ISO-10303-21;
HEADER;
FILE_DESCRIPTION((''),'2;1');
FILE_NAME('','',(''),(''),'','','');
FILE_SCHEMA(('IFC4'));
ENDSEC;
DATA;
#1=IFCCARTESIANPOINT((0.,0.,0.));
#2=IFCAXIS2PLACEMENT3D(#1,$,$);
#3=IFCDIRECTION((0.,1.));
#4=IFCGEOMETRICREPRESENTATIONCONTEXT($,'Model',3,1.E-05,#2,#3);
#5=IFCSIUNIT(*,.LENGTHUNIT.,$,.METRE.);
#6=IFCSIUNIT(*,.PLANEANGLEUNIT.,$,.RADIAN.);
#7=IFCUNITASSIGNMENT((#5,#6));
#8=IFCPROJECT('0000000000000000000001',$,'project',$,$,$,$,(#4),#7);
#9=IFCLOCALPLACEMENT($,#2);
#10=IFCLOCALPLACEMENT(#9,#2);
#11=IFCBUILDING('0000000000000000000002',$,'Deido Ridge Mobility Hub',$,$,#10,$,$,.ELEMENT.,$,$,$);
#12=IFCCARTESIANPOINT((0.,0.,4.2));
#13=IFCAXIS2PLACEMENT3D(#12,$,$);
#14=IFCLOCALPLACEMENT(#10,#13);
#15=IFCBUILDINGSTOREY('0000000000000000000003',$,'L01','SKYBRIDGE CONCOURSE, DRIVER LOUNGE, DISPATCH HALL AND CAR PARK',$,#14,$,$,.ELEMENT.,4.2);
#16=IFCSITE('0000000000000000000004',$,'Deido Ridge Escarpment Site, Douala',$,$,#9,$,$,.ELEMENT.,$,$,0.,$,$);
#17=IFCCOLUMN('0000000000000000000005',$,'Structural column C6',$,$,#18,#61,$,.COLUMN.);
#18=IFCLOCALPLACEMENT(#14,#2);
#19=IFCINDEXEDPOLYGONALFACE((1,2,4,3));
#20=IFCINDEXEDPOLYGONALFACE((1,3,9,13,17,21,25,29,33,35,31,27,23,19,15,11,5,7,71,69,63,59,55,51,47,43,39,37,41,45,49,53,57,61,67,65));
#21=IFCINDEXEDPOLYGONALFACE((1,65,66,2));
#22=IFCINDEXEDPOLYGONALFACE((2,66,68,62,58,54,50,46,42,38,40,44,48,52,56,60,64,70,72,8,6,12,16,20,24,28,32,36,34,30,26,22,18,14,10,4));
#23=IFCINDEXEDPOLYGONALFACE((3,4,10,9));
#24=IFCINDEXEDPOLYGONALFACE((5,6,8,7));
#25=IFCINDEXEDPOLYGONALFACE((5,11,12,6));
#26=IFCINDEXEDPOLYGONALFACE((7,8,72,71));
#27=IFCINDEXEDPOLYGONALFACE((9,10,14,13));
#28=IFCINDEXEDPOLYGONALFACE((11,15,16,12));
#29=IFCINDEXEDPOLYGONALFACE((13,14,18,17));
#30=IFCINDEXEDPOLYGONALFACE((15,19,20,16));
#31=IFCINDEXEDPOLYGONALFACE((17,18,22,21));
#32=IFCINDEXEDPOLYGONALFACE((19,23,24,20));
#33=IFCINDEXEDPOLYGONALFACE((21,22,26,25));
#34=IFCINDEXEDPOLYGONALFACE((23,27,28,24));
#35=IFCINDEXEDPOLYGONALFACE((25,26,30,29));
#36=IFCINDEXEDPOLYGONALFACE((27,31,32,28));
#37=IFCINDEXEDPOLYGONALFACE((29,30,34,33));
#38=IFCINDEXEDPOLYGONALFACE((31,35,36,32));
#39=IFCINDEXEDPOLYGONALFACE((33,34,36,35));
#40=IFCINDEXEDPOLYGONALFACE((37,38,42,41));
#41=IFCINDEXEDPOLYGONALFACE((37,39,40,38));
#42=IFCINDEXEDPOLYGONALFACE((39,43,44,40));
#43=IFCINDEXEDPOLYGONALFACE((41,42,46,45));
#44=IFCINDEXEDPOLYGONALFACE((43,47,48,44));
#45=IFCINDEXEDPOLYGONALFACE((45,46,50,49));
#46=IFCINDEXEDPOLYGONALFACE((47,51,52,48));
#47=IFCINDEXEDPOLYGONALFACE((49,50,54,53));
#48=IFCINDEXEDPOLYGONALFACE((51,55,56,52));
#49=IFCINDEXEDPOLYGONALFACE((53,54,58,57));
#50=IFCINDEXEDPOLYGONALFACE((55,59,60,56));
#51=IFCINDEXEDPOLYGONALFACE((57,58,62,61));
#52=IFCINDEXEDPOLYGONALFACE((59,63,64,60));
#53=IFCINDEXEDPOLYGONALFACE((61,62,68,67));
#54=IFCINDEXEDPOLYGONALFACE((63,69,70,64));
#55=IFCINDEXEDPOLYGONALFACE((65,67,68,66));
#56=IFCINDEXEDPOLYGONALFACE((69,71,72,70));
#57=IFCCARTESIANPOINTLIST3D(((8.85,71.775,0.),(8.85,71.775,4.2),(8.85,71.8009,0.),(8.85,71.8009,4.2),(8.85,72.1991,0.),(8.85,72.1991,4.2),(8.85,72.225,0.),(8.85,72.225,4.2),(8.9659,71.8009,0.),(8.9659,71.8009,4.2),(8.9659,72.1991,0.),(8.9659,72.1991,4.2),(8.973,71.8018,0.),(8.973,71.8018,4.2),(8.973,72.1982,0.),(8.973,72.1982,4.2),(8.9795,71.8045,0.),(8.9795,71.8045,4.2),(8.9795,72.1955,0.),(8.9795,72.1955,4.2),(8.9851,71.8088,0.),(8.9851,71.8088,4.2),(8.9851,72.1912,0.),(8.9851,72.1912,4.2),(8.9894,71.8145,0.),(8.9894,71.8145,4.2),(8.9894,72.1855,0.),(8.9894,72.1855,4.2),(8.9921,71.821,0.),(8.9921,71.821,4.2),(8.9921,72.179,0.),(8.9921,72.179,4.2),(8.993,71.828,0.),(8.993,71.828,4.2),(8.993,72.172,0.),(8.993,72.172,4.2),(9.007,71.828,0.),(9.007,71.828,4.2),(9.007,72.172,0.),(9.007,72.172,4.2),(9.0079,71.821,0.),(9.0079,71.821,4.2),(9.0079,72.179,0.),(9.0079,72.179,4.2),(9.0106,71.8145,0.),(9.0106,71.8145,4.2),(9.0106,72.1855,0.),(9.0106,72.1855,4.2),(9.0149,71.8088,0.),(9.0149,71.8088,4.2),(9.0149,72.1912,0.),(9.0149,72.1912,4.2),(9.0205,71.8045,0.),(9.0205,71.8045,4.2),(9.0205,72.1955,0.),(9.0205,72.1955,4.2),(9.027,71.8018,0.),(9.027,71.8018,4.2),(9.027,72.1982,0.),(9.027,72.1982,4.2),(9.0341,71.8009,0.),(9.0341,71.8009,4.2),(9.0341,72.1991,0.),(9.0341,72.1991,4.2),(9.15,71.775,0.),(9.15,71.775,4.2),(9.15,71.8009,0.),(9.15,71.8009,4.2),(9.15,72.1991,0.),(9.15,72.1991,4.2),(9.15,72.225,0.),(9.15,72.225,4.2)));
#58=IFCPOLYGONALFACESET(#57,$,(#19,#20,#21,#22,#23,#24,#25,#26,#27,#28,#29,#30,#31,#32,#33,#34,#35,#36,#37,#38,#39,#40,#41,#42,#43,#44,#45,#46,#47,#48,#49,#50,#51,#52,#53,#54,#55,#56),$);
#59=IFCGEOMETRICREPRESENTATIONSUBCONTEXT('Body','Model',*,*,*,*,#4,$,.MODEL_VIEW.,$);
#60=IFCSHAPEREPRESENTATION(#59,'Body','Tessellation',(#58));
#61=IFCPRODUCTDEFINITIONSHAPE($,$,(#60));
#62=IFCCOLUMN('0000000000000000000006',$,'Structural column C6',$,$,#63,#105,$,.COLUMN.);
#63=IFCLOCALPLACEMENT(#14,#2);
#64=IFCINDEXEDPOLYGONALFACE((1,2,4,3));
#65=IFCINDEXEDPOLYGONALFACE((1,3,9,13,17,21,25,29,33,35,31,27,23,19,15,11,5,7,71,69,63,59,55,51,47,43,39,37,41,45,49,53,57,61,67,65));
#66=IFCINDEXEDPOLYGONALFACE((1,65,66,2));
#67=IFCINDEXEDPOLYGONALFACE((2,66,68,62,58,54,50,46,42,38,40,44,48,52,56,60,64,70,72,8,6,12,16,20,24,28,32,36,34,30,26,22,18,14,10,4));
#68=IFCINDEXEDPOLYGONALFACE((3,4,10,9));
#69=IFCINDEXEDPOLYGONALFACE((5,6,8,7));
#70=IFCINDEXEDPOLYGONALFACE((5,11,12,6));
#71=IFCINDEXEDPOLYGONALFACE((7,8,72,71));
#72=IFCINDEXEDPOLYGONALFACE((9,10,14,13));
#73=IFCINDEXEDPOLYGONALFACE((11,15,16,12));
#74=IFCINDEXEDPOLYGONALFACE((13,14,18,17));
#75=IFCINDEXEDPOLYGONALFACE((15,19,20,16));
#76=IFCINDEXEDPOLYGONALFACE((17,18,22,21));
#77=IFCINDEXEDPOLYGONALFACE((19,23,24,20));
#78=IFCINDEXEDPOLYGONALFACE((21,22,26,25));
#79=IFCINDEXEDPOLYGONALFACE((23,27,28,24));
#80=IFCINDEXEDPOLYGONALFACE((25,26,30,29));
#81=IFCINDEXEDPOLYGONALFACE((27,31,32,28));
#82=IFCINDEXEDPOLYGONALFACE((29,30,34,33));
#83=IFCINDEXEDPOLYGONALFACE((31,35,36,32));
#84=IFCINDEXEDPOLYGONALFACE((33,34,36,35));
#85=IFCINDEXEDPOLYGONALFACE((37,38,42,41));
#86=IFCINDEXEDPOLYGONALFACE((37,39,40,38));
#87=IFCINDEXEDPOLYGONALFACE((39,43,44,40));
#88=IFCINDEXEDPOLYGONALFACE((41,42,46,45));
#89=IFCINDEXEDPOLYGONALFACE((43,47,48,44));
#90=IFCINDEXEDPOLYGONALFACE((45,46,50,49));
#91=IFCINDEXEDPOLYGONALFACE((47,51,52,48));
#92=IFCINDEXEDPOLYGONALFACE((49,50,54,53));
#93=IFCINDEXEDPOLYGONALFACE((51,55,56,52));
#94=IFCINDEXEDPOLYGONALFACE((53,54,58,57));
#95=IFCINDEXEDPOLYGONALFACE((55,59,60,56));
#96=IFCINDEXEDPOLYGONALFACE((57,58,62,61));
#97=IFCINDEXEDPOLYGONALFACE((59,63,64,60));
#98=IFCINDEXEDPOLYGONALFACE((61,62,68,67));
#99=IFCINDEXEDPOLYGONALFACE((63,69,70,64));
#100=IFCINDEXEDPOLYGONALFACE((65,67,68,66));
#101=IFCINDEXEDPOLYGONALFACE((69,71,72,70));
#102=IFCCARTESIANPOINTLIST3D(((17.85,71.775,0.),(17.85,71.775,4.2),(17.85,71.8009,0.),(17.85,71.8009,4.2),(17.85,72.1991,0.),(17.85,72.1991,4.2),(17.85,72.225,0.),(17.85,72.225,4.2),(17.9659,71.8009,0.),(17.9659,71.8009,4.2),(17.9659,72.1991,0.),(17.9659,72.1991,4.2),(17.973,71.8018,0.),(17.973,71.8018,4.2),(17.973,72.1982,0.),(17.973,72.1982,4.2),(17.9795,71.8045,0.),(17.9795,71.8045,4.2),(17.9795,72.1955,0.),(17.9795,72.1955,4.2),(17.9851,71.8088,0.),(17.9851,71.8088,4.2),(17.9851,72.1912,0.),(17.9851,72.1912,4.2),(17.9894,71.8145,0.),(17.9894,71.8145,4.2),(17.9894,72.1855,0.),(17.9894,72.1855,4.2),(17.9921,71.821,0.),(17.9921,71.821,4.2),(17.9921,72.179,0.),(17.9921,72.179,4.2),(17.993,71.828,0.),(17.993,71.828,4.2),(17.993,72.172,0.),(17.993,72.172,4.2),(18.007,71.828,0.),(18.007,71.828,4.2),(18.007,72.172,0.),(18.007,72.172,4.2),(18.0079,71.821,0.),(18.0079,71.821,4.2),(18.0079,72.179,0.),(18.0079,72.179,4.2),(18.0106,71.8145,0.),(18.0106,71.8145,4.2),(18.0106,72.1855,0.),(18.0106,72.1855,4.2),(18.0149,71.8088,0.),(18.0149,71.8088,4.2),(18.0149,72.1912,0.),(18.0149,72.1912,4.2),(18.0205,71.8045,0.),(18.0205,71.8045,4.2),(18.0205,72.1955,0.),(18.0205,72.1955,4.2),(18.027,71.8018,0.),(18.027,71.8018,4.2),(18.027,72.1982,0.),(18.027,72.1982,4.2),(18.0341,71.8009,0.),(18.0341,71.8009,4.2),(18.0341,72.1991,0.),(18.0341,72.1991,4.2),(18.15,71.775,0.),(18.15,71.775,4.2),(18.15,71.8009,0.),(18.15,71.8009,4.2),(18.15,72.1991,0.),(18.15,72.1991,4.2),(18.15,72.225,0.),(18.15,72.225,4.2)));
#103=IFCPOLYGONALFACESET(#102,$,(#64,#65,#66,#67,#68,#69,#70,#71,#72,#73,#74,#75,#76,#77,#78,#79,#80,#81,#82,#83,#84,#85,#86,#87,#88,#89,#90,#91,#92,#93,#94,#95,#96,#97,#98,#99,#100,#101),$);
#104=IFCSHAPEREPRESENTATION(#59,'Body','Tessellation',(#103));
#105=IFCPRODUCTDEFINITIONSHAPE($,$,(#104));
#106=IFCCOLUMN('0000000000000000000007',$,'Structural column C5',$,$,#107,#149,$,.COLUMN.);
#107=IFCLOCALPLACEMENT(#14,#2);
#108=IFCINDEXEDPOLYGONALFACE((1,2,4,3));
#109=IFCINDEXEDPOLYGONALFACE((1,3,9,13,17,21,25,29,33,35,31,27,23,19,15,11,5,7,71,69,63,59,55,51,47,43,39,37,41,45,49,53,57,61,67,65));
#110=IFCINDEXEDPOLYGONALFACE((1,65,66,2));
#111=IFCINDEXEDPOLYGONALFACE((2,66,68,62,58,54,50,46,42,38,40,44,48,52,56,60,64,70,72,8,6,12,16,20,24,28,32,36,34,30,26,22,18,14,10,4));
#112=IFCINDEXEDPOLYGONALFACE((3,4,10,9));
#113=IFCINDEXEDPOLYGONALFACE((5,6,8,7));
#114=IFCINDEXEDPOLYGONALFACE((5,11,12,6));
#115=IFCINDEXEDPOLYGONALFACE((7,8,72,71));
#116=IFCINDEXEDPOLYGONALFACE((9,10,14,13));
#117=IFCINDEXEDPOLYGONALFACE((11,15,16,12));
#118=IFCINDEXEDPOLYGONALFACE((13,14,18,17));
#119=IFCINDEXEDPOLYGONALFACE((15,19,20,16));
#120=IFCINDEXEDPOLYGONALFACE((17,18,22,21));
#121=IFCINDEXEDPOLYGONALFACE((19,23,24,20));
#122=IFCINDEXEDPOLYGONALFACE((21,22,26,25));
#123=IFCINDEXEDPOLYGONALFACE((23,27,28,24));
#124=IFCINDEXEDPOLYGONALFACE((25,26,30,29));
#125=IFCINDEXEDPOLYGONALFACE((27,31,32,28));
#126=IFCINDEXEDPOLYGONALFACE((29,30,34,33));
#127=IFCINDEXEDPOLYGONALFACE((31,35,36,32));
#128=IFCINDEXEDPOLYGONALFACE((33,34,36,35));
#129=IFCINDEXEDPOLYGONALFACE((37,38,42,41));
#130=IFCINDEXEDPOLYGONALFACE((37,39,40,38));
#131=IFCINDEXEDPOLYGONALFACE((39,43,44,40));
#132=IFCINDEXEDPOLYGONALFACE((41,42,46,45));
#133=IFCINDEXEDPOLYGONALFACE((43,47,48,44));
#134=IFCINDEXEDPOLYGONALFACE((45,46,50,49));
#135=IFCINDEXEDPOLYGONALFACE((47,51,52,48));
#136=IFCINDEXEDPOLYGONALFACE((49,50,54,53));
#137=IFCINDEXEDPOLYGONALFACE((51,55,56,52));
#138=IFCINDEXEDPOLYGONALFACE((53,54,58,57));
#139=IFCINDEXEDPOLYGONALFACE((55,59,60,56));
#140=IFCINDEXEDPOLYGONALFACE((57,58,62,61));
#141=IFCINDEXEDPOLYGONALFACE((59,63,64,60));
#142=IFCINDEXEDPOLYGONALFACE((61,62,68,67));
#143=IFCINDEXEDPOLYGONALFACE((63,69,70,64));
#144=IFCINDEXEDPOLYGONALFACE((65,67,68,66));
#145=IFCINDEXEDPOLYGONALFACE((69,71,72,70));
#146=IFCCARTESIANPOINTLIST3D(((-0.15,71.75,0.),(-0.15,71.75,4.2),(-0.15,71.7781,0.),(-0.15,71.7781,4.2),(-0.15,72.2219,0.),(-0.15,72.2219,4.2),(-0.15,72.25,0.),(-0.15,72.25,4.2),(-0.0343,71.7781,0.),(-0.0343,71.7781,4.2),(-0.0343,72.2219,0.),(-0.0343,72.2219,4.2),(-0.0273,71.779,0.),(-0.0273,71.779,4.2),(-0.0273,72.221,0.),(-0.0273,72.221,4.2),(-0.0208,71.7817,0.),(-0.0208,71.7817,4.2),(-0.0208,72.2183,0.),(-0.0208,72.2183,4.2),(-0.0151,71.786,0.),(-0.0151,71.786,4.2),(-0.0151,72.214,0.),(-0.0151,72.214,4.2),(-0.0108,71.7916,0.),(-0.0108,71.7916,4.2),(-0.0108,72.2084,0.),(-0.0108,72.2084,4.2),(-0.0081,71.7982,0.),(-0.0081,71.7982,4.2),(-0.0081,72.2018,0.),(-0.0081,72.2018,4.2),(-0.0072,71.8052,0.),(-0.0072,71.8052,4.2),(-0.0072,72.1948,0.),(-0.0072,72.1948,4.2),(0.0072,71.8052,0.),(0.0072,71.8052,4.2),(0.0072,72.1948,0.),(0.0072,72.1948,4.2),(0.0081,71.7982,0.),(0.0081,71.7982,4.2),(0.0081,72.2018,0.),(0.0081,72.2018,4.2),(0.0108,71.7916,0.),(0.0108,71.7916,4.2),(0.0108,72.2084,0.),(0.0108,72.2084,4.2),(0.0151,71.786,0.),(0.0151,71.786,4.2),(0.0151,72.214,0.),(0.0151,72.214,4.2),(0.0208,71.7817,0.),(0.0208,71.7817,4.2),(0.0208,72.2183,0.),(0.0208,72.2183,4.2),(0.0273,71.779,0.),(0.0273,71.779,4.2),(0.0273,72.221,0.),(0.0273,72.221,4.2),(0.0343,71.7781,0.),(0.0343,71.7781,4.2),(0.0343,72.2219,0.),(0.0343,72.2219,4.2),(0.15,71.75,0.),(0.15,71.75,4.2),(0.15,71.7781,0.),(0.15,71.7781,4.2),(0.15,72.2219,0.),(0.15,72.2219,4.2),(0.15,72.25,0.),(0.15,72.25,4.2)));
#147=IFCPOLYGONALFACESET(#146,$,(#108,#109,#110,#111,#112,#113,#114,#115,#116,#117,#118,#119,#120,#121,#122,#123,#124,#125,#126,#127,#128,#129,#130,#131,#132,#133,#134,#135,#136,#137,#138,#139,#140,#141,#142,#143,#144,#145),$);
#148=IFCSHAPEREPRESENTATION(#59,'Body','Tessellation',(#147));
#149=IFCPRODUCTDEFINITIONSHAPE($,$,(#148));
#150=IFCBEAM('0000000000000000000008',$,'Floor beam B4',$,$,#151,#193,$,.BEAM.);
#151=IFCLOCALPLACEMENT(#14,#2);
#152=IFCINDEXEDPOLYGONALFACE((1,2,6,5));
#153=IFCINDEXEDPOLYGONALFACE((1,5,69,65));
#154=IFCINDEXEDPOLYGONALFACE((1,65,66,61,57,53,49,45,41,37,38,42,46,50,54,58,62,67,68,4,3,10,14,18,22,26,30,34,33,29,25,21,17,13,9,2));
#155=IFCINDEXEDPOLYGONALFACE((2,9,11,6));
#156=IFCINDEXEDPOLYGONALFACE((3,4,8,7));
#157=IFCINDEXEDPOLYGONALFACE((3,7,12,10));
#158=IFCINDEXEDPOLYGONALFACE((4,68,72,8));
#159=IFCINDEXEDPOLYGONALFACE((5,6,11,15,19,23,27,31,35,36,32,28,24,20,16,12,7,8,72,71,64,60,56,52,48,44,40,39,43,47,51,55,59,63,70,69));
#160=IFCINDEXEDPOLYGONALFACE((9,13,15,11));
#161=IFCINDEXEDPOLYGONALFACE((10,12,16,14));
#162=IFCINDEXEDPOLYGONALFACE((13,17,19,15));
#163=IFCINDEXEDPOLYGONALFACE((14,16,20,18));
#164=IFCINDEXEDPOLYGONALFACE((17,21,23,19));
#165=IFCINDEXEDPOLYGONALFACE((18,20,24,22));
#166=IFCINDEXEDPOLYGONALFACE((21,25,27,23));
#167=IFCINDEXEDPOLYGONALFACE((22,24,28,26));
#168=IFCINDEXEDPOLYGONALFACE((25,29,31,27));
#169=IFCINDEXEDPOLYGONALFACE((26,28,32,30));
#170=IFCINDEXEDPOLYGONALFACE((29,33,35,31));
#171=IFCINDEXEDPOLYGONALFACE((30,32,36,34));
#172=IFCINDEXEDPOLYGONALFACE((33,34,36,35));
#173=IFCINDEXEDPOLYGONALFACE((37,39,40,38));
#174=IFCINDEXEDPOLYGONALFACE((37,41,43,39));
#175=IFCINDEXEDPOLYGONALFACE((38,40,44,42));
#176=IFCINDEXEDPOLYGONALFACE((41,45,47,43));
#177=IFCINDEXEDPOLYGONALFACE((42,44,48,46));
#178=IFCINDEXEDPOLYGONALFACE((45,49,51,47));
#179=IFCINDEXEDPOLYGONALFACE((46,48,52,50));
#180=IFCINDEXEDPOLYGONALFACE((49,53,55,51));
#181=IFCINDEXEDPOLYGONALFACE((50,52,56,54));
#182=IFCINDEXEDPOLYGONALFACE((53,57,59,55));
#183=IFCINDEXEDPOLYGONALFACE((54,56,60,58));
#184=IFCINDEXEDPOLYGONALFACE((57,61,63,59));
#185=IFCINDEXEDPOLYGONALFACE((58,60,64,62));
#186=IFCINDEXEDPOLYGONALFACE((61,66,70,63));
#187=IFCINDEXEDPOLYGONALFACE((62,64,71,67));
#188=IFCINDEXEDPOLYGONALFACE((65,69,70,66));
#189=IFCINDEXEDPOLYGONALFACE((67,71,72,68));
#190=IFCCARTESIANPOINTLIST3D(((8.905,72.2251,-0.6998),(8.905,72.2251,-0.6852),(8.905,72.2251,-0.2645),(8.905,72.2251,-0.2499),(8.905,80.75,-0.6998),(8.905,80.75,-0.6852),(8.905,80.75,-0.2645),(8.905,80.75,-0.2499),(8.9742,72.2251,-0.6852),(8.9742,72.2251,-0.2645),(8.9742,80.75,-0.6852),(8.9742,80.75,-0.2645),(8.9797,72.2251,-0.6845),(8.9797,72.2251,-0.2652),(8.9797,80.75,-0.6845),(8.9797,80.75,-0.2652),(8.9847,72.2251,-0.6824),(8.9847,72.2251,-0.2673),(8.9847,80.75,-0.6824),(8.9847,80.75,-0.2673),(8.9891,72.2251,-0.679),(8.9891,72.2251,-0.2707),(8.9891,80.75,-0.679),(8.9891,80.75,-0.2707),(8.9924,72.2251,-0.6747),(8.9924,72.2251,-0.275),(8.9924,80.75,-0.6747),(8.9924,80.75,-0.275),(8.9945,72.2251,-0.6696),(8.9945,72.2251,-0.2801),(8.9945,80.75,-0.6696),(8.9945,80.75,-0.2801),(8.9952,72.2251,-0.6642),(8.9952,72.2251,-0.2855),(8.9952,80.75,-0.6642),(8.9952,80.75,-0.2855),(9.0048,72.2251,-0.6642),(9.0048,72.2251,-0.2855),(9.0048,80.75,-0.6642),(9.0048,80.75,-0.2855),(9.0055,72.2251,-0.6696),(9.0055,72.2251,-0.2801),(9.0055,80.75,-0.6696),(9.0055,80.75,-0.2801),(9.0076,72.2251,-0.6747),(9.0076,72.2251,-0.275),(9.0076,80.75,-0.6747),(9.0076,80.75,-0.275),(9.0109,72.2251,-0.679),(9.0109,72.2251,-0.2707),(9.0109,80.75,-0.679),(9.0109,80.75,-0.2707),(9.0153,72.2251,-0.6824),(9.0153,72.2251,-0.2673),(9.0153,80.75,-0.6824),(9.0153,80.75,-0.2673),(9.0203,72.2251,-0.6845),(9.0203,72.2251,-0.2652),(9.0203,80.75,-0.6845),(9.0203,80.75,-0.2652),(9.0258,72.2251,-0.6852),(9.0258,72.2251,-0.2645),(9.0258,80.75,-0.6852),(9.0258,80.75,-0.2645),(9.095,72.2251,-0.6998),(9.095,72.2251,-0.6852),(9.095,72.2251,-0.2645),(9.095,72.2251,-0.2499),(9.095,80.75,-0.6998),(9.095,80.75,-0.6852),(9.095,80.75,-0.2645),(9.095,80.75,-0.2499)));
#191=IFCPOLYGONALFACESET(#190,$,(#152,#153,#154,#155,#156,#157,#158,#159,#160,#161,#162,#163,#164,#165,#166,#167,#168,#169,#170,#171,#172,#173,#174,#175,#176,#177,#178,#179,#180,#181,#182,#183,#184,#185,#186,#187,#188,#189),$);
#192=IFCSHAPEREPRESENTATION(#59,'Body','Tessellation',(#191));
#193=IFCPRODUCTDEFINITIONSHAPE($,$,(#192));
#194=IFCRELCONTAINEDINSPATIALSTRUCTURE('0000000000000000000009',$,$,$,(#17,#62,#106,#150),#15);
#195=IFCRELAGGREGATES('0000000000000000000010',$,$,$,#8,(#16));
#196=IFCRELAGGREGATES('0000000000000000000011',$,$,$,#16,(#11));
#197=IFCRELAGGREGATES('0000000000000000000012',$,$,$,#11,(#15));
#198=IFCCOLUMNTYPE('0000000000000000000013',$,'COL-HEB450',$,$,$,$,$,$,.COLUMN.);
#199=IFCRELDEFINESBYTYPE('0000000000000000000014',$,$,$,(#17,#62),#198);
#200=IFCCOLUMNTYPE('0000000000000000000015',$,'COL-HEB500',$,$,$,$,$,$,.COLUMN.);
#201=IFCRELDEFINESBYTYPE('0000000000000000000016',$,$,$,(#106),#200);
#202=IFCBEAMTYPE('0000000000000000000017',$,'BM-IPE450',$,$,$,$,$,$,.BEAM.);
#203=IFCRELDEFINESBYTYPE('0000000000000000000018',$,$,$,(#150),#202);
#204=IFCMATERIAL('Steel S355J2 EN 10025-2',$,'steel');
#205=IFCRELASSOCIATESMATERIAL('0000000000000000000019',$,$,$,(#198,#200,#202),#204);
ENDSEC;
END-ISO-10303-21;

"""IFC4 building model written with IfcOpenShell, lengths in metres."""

from ifc_helpers import new_model, si_unit, direction, frame, origin, origin_2d, place, context, subcontext, project, spatial, i_section, extrude, material, material_profile, profile_set, type_object, element, save


model = new_model("IFC4")

# Units and contexts
model_context = context("Model", 3, precision=1e-05, world=origin(), true_north=direction((0.0, 1.0)))
body_context = subcontext(model_context, "Body", "Model", "MODEL_VIEW")
ifc_project = project(units=[si_unit("LENGTHUNIT", "METRE"), si_unit("PLANEANGLEUNIT", "RADIAN")], contexts=[model_context])

# Site, building, storey
site_placement = place(None, origin())
site = spatial("IfcSite", under=ifc_project, at=site_placement, Name="Deido Ridge Escarpment Site, Douala", CompositionType="ELEMENT", RefElevation=0.0)
building_placement = place(site_placement, origin())
building = spatial("IfcBuilding", under=site, at=building_placement, Name="Deido Ridge Mobility Hub", CompositionType="ELEMENT")
storey_placement = place(building_placement, frame((0.0, 0.0, 4.2)))
storey = spatial("IfcBuildingStorey", under=building, at=storey_placement, Name="L01", Description="SKYBRIDGE CONCOURSE, DRIVER LOUNGE, DISPATCH HALL AND CAR PARK", CompositionType="ELEMENT", Elevation=4.2)

# Columns
ifc_material_1 = material(Name="Steel S355J2 EN 10025-2", Category="steel")
ifc_material_profile_1 = material_profile(ifc_material_1, i_section(OverallWidth=0.3, OverallDepth=0.45, WebThickness=0.0139, FlangeThickness=0.0259, FilletRadius=0.0271, at=origin_2d()), Name="HEB 450")
ifc_profile_set_1 = profile_set([ifc_material_profile_1], Name="Steel S355J2 EN 10025-2")
column_type_1 = type_object("IfcColumnType", Name="COL-HEB450", PredefinedType="COLUMN", material=ifc_profile_set_1)
for number, where, z_axis, x_axis, name in (
    (1, (9.0, 72.0, 0.0), (0.0, 0.0, 1.0), (1.0, 0.0, 0.0), "Structural column C6"),
    (2, (18.0, 72.0, 0.0), (0.0, 0.0, 1.0), (1.0, 0.0, 0.0), "Structural column C6"),
):
    element("IfcColumn", number, at=place(storey_placement, frame(where, z_axis=z_axis, x_axis=x_axis)), inside=storey, type_object=column_type_1, Name=name, PredefinedType="COLUMN", context=body_context, shape_type="SweptSolid", body=[
        extrude(i_section(OverallWidth=0.3, OverallDepth=0.45, WebThickness=0.0139, FlangeThickness=0.0259, FilletRadius=0.0271, at=origin_2d()), origin(), (0.0, 0.0, 1.0), 4.2),
    ])
ifc_material_profile_2 = material_profile(ifc_material_1, i_section(OverallWidth=0.3, OverallDepth=0.5, WebThickness=0.0144, FlangeThickness=0.0281, FilletRadius=0.0271, at=origin_2d()), Name="HEB 500")
ifc_profile_set_2 = profile_set([ifc_material_profile_2], Name="Steel S355J2 EN 10025-2")
column_type_2 = type_object("IfcColumnType", Name="COL-HEB500", PredefinedType="COLUMN", material=ifc_profile_set_2)
column_placement = place(storey_placement, frame((0.0, 72.0, 0.0), z_axis=(0.0, 0.0, 1.0), x_axis=(1.0, 0.0, 0.0)))
element("IfcColumn", 3, at=column_placement, inside=storey, type_object=column_type_2, Name="Structural column C5", PredefinedType="COLUMN", context=body_context, shape_type="SweptSolid", body=[
    extrude(i_section(OverallWidth=0.3, OverallDepth=0.5, WebThickness=0.0144, FlangeThickness=0.0281, FilletRadius=0.0271, at=origin_2d()), origin(), (0.0, 0.0, 1.0), 4.2),
])

# Beam
ifc_material_profile_3 = material_profile(ifc_material_1, i_section(OverallWidth=0.1899, OverallDepth=0.45, WebThickness=0.0095, FlangeThickness=0.0146, FilletRadius=0.021, at=origin_2d()), Name="IPE 450")
ifc_profile_set_3 = profile_set([ifc_material_profile_3], Name="Steel S355J2 EN 10025-2")
beam_type_1 = type_object("IfcBeamType", Name="BM-IPE450", PredefinedType="BEAM", material=ifc_profile_set_3)
for number, where, z_axis, x_axis, name in (
    (4, (9.0, 72.2251, -0.4749), (0.0, 1.0, 0.0), (-1.0, 0.0, 0.0), "Floor beam B4"),
):
    element("IfcBeam", number, at=place(storey_placement, frame(where, z_axis=z_axis, x_axis=x_axis)), inside=storey, type_object=beam_type_1, Name=name, PredefinedType="BEAM", context=body_context, shape_type="SweptSolid", body=[
        extrude(i_section(OverallWidth=0.1899, OverallDepth=0.45, WebThickness=0.0095, FlangeThickness=0.0146, FilletRadius=0.021, at=origin_2d()), origin(), (0.0, 0.0, 1.0), 8.5249),
    ])

save(model, "model.ifc")
